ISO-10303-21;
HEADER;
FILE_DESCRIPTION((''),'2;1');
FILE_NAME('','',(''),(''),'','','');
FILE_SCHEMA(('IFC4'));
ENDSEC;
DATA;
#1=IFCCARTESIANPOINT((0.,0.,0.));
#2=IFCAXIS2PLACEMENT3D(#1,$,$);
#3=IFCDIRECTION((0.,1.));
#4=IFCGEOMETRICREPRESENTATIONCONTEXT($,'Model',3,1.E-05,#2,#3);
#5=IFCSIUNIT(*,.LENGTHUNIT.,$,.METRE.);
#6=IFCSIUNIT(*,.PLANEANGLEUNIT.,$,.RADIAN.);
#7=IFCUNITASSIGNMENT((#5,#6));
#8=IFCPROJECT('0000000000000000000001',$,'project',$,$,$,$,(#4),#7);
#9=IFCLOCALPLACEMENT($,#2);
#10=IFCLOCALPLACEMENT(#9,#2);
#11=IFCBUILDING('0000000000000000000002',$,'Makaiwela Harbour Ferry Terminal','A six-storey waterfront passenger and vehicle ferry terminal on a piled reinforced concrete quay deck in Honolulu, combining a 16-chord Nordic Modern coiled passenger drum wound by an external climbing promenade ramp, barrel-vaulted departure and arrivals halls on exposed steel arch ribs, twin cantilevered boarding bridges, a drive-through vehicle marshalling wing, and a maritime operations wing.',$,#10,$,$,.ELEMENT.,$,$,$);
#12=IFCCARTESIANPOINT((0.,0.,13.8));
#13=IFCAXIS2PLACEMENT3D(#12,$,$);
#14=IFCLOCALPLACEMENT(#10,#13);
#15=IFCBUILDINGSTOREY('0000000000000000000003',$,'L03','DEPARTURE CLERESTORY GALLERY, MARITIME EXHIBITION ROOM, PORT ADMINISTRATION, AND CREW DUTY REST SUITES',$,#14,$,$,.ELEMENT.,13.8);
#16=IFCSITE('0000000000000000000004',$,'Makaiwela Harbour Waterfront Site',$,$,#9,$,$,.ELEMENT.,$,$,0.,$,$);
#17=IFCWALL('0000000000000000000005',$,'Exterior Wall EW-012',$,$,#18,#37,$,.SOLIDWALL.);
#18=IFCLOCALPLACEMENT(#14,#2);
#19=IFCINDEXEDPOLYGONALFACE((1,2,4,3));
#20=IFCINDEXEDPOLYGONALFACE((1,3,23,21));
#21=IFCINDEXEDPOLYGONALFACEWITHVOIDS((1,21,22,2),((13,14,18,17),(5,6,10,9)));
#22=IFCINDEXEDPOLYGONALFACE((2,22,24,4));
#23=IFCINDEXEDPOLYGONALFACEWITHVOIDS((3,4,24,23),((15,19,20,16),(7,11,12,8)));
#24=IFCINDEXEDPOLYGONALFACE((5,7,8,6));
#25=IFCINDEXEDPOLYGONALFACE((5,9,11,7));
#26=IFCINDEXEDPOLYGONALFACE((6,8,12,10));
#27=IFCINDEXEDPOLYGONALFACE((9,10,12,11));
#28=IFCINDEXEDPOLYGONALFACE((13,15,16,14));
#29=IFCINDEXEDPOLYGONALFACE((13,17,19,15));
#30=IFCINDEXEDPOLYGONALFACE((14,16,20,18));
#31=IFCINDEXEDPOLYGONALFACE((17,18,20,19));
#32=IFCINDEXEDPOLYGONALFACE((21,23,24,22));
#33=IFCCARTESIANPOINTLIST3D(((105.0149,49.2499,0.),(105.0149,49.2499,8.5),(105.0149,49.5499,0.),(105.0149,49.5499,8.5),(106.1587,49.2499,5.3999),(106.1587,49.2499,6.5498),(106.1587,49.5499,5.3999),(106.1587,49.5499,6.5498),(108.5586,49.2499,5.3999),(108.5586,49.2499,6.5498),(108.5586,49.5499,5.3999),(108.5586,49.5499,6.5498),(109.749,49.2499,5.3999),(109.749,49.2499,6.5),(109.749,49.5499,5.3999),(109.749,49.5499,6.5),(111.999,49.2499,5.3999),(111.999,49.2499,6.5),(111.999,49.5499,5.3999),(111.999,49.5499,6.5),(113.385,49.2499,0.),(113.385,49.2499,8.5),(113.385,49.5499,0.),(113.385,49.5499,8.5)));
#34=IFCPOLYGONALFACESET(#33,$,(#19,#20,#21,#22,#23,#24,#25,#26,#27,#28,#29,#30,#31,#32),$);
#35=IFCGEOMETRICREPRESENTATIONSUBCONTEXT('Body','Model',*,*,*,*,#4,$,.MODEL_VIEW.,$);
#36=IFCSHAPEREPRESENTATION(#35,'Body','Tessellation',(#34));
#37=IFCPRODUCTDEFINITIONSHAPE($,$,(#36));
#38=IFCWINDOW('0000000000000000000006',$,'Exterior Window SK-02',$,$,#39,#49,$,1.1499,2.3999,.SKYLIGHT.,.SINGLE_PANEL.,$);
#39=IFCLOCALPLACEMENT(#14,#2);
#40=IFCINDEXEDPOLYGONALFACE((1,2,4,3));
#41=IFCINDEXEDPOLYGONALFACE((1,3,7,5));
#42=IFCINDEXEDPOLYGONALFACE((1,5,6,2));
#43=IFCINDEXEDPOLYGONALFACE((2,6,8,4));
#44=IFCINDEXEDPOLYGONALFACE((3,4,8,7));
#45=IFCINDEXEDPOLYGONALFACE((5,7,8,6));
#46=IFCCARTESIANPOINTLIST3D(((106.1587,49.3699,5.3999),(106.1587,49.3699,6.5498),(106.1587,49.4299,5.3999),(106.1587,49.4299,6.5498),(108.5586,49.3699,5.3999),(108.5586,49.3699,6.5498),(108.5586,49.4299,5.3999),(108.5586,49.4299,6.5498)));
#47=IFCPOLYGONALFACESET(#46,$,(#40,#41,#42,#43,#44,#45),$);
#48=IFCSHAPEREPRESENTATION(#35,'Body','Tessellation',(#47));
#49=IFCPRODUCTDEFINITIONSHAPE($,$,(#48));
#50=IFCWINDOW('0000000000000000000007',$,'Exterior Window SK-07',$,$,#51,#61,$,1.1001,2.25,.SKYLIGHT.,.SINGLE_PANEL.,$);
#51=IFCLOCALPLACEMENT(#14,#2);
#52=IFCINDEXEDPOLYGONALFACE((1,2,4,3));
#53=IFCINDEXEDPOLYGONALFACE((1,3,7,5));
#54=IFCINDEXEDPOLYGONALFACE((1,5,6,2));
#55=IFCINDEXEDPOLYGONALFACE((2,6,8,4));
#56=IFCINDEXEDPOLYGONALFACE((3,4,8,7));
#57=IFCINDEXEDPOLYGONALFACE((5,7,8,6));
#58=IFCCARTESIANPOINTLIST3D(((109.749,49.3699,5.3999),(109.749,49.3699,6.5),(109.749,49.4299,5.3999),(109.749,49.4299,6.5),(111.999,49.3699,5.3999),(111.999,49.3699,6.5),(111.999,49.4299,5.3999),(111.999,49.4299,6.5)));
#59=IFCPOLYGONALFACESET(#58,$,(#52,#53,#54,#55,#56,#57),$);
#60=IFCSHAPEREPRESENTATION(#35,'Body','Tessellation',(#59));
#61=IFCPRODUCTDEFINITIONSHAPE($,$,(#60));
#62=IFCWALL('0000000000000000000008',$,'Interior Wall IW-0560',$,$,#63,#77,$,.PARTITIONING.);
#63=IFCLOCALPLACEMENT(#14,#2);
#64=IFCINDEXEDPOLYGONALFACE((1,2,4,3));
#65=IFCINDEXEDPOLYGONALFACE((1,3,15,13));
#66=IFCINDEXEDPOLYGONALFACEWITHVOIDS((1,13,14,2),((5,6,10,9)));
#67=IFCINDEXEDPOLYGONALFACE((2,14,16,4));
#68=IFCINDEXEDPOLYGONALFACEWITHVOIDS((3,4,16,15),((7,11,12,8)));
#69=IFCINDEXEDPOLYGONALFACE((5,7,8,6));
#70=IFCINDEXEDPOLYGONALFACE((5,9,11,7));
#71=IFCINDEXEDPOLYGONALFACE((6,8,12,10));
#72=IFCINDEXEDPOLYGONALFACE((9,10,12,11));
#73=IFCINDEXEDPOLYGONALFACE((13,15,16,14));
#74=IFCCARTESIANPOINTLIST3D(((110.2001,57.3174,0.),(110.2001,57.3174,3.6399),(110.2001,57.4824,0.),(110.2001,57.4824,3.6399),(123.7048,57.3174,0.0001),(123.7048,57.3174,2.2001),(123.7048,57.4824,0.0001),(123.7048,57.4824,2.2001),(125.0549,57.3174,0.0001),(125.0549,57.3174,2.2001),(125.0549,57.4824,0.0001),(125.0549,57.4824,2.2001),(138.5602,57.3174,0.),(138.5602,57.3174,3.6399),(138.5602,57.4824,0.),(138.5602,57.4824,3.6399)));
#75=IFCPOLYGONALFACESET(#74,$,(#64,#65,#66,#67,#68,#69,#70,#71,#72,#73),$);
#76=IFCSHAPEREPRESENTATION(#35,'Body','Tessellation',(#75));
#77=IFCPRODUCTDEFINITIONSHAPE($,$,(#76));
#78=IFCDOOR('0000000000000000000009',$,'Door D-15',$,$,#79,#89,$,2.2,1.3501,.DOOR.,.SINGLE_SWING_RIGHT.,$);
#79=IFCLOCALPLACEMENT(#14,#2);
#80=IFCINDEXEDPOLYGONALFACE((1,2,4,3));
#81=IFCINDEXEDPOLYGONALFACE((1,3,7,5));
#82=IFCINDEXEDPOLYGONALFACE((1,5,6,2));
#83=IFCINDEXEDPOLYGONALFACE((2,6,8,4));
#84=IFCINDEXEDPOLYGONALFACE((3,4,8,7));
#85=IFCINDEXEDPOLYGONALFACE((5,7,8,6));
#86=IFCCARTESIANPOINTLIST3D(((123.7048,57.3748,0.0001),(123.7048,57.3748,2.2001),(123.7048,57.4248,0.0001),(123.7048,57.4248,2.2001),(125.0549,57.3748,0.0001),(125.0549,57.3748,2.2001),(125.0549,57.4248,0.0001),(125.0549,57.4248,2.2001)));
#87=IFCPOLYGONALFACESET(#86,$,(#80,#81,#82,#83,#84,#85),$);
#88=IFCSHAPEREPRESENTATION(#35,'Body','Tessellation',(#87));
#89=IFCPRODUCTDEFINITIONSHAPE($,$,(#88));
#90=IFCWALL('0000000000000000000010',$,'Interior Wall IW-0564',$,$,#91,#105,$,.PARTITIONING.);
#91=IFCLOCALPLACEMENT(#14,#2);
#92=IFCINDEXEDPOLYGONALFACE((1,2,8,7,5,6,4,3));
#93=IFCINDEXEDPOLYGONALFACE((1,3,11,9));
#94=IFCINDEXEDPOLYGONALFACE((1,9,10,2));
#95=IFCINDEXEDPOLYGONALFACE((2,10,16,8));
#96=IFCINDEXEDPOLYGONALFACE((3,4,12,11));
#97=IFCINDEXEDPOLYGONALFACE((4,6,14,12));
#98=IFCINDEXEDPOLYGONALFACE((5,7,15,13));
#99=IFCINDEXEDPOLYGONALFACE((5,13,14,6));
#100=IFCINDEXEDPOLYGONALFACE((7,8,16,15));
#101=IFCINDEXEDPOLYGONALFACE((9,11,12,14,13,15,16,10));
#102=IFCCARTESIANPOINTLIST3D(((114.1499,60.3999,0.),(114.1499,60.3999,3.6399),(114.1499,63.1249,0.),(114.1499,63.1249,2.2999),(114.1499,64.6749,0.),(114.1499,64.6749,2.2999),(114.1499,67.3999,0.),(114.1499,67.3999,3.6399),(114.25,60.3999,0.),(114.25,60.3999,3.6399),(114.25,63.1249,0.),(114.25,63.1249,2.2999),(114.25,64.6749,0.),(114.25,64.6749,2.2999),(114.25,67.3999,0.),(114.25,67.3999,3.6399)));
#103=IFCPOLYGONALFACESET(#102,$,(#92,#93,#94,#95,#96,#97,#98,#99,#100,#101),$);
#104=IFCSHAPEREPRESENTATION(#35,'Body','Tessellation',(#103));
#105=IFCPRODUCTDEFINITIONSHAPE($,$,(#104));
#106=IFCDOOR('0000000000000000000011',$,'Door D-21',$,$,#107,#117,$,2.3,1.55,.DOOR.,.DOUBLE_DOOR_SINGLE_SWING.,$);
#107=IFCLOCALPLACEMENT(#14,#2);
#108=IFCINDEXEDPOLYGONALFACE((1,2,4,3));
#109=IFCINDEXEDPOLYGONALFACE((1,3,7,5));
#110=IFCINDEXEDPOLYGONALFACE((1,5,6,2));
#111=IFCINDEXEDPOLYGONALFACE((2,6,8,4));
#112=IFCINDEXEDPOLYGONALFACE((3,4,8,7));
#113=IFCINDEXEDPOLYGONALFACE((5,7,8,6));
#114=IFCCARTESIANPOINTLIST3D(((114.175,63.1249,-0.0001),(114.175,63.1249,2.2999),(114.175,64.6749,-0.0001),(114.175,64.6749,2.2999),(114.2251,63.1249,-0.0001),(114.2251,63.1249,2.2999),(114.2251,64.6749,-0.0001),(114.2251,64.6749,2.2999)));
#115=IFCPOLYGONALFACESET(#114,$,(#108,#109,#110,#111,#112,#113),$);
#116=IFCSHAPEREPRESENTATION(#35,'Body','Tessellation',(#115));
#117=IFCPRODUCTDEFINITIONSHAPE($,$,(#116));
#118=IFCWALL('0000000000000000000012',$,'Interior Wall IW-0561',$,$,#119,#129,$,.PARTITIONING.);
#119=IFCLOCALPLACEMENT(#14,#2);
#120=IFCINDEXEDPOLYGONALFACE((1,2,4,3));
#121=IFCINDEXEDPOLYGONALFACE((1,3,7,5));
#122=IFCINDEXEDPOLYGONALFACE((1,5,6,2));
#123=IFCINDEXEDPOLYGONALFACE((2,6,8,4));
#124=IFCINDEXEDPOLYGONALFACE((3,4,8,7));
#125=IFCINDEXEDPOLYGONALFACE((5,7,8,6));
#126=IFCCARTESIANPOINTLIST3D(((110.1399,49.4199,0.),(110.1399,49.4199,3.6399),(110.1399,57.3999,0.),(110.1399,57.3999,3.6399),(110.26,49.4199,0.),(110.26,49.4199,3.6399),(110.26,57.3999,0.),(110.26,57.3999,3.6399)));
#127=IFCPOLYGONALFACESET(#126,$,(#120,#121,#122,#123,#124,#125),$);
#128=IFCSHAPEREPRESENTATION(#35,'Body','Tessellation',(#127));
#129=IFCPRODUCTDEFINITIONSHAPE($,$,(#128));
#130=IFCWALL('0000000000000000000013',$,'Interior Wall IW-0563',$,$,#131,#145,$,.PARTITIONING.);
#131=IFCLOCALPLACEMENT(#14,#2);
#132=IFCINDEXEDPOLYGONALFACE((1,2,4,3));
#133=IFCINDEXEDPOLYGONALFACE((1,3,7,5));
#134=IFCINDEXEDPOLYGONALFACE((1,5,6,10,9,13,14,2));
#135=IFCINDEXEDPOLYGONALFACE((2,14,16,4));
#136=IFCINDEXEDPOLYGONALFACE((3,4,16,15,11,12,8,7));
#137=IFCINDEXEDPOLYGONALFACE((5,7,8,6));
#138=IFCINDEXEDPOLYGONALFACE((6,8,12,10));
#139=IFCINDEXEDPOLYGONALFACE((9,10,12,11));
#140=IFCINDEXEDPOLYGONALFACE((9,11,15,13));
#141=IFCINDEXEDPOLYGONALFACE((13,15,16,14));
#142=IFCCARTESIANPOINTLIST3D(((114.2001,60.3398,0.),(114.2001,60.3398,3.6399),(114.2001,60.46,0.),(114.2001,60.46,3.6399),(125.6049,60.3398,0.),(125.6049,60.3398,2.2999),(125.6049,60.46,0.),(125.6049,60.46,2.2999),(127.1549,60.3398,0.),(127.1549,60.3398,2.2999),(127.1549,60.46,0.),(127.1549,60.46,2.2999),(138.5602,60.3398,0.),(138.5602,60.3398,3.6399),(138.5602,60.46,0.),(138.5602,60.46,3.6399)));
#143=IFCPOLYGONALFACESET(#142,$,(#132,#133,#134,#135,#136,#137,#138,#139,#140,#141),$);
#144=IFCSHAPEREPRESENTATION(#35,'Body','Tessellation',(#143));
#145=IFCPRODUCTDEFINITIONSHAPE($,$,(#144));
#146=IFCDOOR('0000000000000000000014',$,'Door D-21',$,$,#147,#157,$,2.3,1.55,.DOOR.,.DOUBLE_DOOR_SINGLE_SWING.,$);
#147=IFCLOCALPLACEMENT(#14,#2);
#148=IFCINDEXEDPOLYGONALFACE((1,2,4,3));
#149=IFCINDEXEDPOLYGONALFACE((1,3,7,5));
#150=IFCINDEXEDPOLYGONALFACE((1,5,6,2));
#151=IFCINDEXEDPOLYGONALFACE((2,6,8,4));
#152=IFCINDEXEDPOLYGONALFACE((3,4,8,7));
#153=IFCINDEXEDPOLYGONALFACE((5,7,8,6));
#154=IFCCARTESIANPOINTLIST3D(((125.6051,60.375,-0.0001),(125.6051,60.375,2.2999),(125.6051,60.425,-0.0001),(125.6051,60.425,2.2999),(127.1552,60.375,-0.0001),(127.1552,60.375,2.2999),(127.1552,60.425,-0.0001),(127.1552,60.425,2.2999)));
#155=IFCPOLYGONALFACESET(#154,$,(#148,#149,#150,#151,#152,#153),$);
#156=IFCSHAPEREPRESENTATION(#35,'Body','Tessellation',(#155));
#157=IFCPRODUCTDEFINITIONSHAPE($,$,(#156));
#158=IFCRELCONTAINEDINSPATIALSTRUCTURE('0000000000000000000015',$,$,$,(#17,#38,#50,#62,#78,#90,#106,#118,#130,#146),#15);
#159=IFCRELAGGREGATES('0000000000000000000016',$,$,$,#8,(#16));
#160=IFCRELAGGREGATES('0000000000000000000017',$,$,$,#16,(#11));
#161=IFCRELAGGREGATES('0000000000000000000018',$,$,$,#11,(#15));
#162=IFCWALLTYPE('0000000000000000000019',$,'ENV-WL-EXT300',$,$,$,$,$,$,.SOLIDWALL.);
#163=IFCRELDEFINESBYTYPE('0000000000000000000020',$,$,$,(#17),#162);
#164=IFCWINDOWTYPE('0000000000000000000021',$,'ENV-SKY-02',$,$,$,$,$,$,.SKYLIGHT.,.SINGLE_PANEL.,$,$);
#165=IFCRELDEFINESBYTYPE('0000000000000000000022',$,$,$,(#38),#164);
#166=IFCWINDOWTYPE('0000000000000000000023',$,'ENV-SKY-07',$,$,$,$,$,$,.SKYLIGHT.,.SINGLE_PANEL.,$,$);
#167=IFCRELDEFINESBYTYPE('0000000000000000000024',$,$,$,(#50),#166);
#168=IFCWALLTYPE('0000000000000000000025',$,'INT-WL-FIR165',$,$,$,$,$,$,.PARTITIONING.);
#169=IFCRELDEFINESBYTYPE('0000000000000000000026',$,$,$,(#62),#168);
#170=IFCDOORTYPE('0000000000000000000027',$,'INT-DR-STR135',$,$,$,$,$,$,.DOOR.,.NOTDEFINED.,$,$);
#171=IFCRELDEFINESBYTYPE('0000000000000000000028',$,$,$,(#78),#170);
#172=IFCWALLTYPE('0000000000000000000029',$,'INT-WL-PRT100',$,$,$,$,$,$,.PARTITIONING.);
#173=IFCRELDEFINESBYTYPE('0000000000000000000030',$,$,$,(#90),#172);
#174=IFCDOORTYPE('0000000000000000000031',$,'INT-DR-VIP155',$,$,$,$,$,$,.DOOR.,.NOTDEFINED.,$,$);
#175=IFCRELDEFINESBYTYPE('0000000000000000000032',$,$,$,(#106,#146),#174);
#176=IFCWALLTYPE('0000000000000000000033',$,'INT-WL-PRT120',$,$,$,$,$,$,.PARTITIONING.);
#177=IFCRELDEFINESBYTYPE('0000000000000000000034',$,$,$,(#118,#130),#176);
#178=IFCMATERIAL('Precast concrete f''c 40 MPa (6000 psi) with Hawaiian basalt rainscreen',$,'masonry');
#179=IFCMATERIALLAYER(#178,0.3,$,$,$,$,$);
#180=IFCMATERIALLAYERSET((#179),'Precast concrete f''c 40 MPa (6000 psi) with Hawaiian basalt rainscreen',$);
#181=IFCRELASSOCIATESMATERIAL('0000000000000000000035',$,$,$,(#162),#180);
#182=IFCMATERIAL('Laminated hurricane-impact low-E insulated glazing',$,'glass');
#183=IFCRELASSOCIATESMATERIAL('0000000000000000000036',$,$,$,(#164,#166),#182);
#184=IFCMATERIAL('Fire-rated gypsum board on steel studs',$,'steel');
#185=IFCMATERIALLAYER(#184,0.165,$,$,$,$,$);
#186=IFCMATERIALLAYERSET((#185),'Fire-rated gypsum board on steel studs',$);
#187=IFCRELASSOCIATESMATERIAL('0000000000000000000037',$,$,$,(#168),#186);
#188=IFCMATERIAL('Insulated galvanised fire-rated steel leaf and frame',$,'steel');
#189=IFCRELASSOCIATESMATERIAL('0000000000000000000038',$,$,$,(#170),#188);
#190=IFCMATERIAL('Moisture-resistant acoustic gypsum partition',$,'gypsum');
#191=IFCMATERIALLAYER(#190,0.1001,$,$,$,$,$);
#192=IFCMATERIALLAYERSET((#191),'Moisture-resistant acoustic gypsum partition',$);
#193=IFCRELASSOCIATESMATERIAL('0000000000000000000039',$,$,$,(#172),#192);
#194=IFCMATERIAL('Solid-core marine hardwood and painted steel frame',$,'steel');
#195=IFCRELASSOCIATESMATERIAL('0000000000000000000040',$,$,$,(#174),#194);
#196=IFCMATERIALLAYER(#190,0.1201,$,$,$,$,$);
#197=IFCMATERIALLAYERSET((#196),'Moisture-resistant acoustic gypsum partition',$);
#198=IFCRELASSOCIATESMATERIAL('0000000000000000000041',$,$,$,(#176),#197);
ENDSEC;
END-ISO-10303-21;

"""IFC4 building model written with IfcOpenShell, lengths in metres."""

from ifc_helpers import new_model, si_unit, direction, frame, frame_2d, origin, place, context, subcontext, project, spatial, rectangle, extrude, material, layer, layer_set, type_object, element, fill, save


model = new_model("IFC4")

# Units and contexts
model_context = context("Model", 3, precision=1e-05, world=origin(), true_north=direction((0.0, 1.0)))
body_context = subcontext(model_context, "Body", "Model", "MODEL_VIEW")
ifc_project = project(units=[si_unit("LENGTHUNIT", "METRE"), si_unit("PLANEANGLEUNIT", "RADIAN")], contexts=[model_context])

# Site, building, storey
site_placement = place(None, origin())
site = spatial("IfcSite", under=ifc_project, at=site_placement, Name="Makaiwela Harbour Waterfront Site", CompositionType="ELEMENT", RefElevation=0.0)
building_placement = place(site_placement, origin())
building = spatial("IfcBuilding", under=site, at=building_placement, Name="Makaiwela Harbour Ferry Terminal", Description="A six-storey waterfront passenger and vehicle ferry terminal on a piled reinforced concrete quay deck in Honolulu, combining a 16-chord Nordic Modern coiled passenger drum wound by an external climbing promenade ramp, barrel-vaulted departure and arrivals halls on exposed steel arch ribs, twin cantilevered boarding bridges, a drive-through vehicle marshalling wing, and a maritime operations wing.", CompositionType="ELEMENT")
storey_placement = place(building_placement, frame((0.0, 0.0, 13.8)))
storey = spatial("IfcBuildingStorey", under=building, at=storey_placement, Name="L03", Description="DEPARTURE CLERESTORY GALLERY, MARITIME EXHIBITION ROOM, PORT ADMINISTRATION, AND CREW DUTY REST SUITES", CompositionType="ELEMENT", Elevation=13.8)

# Wall, openings, windows
ifc_material_1 = material(Name="Precast concrete f'c 40 MPa (6000 psi) with Hawaiian basalt rainscreen", Category="masonry")
ifc_layer_1 = layer(ifc_material_1, 0.3)
ifc_layer_set_1 = layer_set([ifc_layer_1], Name="Precast concrete f'c 40 MPa (6000 psi) with Hawaiian basalt rainscreen")
wall_type_1 = type_object("IfcWallType", Name="ENV-WL-EXT300", PredefinedType="SOLIDWALL", material=ifc_layer_set_1)
wall_1_placement = place(storey_placement, frame((113.385, 49.3999, 0.0), z_axis=(0.0, 0.0, 1.0), x_axis=(-1.0, 0.0, 0.0)))
wall_1 = element("IfcWall", 1, at=wall_1_placement, inside=storey, type_object=wall_type_1, Name="Exterior Wall EW-012", PredefinedType="SOLIDWALL", context=body_context, shape_type="SweptSolid", body=[
    extrude(rectangle(XDim=8.3701, YDim=0.3, at=frame_2d((4.1851, 0.0))), origin(), (0.0, 0.0, 1.0), 8.5),
])
opening_1_placement = place(wall_1_placement, frame((1.386, 0.0, 5.3999)))
opening_1 = element("IfcOpeningElement", 2, at=opening_1_placement, cuts=wall_1, PredefinedType="OPENING", context=body_context, shape_type="SweptSolid", body=[
    extrude(rectangle(XDim=2.25, YDim=1.1001, at=frame_2d((1.125, 0.55))), frame((0.0, 0.1599, 0.0), z_axis=(0.0, -1.0, 0.0), x_axis=(1.0, 0.0, 0.0)), (0.0, 0.0, 1.0), 0.3201),
])
opening_2_placement = place(wall_1_placement, frame((4.8264, 0.0, 5.3999)))
opening_2 = element("IfcOpeningElement", 3, at=opening_2_placement, cuts=wall_1, PredefinedType="OPENING", context=body_context, shape_type="SweptSolid", body=[
    extrude(rectangle(XDim=2.3999, YDim=1.1499, at=frame_2d((1.2, 0.575))), frame((0.0, 0.1599, 0.0), z_axis=(0.0, -1.0, 0.0), x_axis=(1.0, 0.0, 0.0)), (0.0, 0.0, 1.0), 0.3201),
])
ifc_material_2 = material(Name="Laminated hurricane-impact low-E insulated glazing", Category="glass")
window_type_1 = type_object("IfcWindowType", Name="ENV-SKY-02", PartitioningType="SINGLE_PANEL", PredefinedType="SKYLIGHT", material=ifc_material_2)
window_1_placement = place(opening_2_placement, origin())
window_1 = element("IfcWindow", 4, at=window_1_placement, inside=storey, type_object=window_type_1, Name="Exterior Window SK-02", OverallHeight=1.1499, OverallWidth=2.3999, PartitioningType="SINGLE_PANEL", PredefinedType="SKYLIGHT", context=body_context, shape_type="SweptSolid", body=[
    extrude(rectangle(XDim=2.3999, YDim=1.1499, at=frame_2d((1.2, 0.575))), frame((0.0, 0.03, 0.0), z_axis=(0.0, -1.0, 0.0), x_axis=(1.0, 0.0, 0.0)), (0.0, 0.0, 1.0), 0.0601),
])
fill(opening_2, window_1)
window_type_2 = type_object("IfcWindowType", Name="ENV-SKY-07", PartitioningType="SINGLE_PANEL", PredefinedType="SKYLIGHT", material=ifc_material_2)
window_2_placement = place(opening_1_placement, origin())
window_2 = element("IfcWindow", 5, at=window_2_placement, inside=storey, type_object=window_type_2, Name="Exterior Window SK-07", OverallHeight=1.1001, OverallWidth=2.25, PartitioningType="SINGLE_PANEL", PredefinedType="SKYLIGHT", context=body_context, shape_type="SweptSolid", body=[
    extrude(rectangle(XDim=2.25, YDim=1.1001, at=frame_2d((1.125, 0.55))), frame((0.0, 0.03, 0.0), z_axis=(0.0, -1.0, 0.0), x_axis=(1.0, 0.0, 0.0)), (0.0, 0.0, 1.0), 0.0601),
])
fill(opening_1, window_2)

# Walls, openings, doors
ifc_material_3 = material(Name="Fire-rated gypsum board on steel studs", Category="steel")
ifc_layer_2 = layer(ifc_material_3, 0.165)
ifc_layer_set_2 = layer_set([ifc_layer_2], Name="Fire-rated gypsum board on steel studs")
wall_type_2 = type_object("IfcWallType", Name="INT-WL-FIR165", PredefinedType="PARTITIONING", material=ifc_layer_set_2)
wall_2_placement = place(storey_placement, frame((110.2, 57.3999, 0.0), z_axis=(0.0, 0.0, 1.0), x_axis=(1.0, 0.0, 0.0)))
wall_2 = element("IfcWall", 6, at=wall_2_placement, inside=storey, type_object=wall_type_2, Name="Interior Wall IW-0560", PredefinedType="PARTITIONING", context=body_context, shape_type="SweptSolid", body=[
    extrude(rectangle(XDim=28.3601, YDim=0.165, at=frame_2d((14.1802, 0.0))), origin(), (0.0, 0.0, 1.0), 3.6399),
])
opening_3_placement = place(wall_2_placement, frame((13.5049, 0.0, 0.0)))
opening_3 = element("IfcOpeningElement", 7, at=opening_3_placement, cuts=wall_2, PredefinedType="OPENING", context=body_context, shape_type="SweptSolid", body=[
    extrude(rectangle(XDim=1.3501, YDim=2.2, at=frame_2d((0.675, 1.1001))), frame((0.0, 0.0925, 0.0), z_axis=(0.0, -1.0, 0.0), x_axis=(1.0, 0.0, 0.0)), (0.0, 0.0, 1.0), 0.1851),
])
ifc_material_4 = material(Name="Insulated galvanised fire-rated steel leaf and frame", Category="steel")
door_type_1 = type_object("IfcDoorType", Name="INT-DR-STR135", OperationType="NOTDEFINED", PredefinedType="DOOR", material=ifc_material_4)
door_1_placement = place(opening_3_placement, origin())
door_1 = element("IfcDoor", 8, at=door_1_placement, inside=storey, type_object=door_type_1, Name="Door D-15", OperationType="SINGLE_SWING_RIGHT", OverallHeight=2.2, OverallWidth=1.3501, PredefinedType="DOOR", context=body_context, shape_type="SweptSolid", body=[
    extrude(rectangle(XDim=1.3501, YDim=2.2, at=frame_2d((0.675, 1.1001))), frame((0.0, 0.0249, 0.0), z_axis=(0.0, -1.0, 0.0), x_axis=(1.0, 0.0, 0.0)), (0.0, 0.0, 1.0), 0.05),
])
fill(opening_3, door_1)
ifc_material_5 = material(Name="Moisture-resistant acoustic gypsum partition", Category="gypsum")
ifc_layer_3 = layer(ifc_material_5, 0.1001)
ifc_layer_set_3 = layer_set([ifc_layer_3], Name="Moisture-resistant acoustic gypsum partition")
wall_type_3 = type_object("IfcWallType", Name="INT-WL-PRT100", PredefinedType="PARTITIONING", material=ifc_layer_set_3)
wall_3_placement = place(storey_placement, frame((114.2, 60.3999, 0.0), z_axis=(0.0, 0.0, 1.0), x_axis=(0.0, 1.0, 0.0)))
wall_3 = element("IfcWall", 9, at=wall_3_placement, inside=storey, type_object=wall_type_3, Name="Interior Wall IW-0564", PredefinedType="PARTITIONING", context=body_context, shape_type="SweptSolid", body=[
    extrude(rectangle(XDim=7.0, YDim=0.1001, at=frame_2d((3.5, 0.0))), origin(), (0.0, 0.0, 1.0), 3.6399),
])
opening_4_placement = place(wall_3_placement, frame((2.7251, 0.0, 0.0)))
opening_4 = element("IfcOpeningElement", 10, at=opening_4_placement, cuts=wall_3, PredefinedType="OPENING", context=body_context, shape_type="SweptSolid", body=[
    extrude(rectangle(XDim=1.55, YDim=2.3, at=frame_2d((0.7749, 1.1499))), frame((0.0, 0.0601, 0.0), z_axis=(0.0, -1.0, 0.0), x_axis=(1.0, 0.0, 0.0)), (0.0, 0.0, 1.0), 0.1201),
])
ifc_material_6 = material(Name="Solid-core marine hardwood and painted steel frame", Category="steel")
door_type_2 = type_object("IfcDoorType", Name="INT-DR-VIP155", OperationType="NOTDEFINED", PredefinedType="DOOR", material=ifc_material_6)
door_2_placement = place(opening_4_placement, origin())
door_2 = element("IfcDoor", 11, at=door_2_placement, inside=storey, type_object=door_type_2, Name="Door D-21", OperationType="DOUBLE_DOOR_SINGLE_SWING", OverallHeight=2.3, OverallWidth=1.55, PredefinedType="DOOR", context=body_context, shape_type="SweptSolid", body=[
    extrude(rectangle(XDim=1.55, YDim=2.3, at=frame_2d((0.7749, 1.1499))), frame((0.0, 0.0249, 0.0), z_axis=(0.0, -1.0, 0.0), x_axis=(1.0, 0.0, 0.0)), (0.0, 0.0, 1.0), 0.05),
])
fill(opening_4, door_2)

# Wall
ifc_layer_4 = layer(ifc_material_5, 0.1201)
ifc_layer_set_4 = layer_set([ifc_layer_4], Name="Moisture-resistant acoustic gypsum partition")
wall_type_4 = type_object("IfcWallType", Name="INT-WL-PRT120", PredefinedType="PARTITIONING", material=ifc_layer_set_4)
wall_4_placement = place(storey_placement, frame((110.2, 49.4199, 0.0), z_axis=(0.0, 0.0, 1.0), x_axis=(0.0, 1.0, 0.0)))
element("IfcWall", 12, at=wall_4_placement, inside=storey, type_object=wall_type_4, Name="Interior Wall IW-0561", PredefinedType="PARTITIONING", context=body_context, shape_type="SweptSolid", body=[
    extrude(rectangle(XDim=7.98, YDim=0.1201, at=frame_2d((3.99, 0.0))), origin(), (0.0, 0.0, 1.0), 3.6399),
])

# Wall, opening, door
wall_5_placement = place(storey_placement, frame((114.2, 60.3999, 0.0), z_axis=(0.0, 0.0, 1.0), x_axis=(1.0, 0.0, 0.0)))
wall_5 = element("IfcWall", 13, at=wall_5_placement, inside=storey, type_object=wall_type_4, Name="Interior Wall IW-0563", PredefinedType="PARTITIONING", context=body_context, shape_type="SweptSolid", body=[
    extrude(rectangle(XDim=24.3601, YDim=0.1201, at=frame_2d((12.1802, 0.0))), origin(), (0.0, 0.0, 1.0), 3.6399),
])
opening_5_placement = place(wall_5_placement, frame((11.405, 0.0, 0.0)))
opening_5 = element("IfcOpeningElement", 14, at=opening_5_placement, cuts=wall_5, PredefinedType="OPENING", context=body_context, shape_type="SweptSolid", body=[
    extrude(rectangle(XDim=1.55, YDim=2.3, at=frame_2d((0.7749, 1.1499))), frame((0.0, 0.0701, 0.0), z_axis=(0.0, -1.0, 0.0), x_axis=(1.0, 0.0, 0.0)), (0.0, 0.0, 1.0), 0.1401),
])
door_3_placement = place(opening_5_placement, frame((1.55, 0.0, 0.0), z_axis=(0.0, 0.0, 1.0), x_axis=(-1.0, 0.0, 0.0)))
door_3 = element("IfcDoor", 15, at=door_3_placement, inside=storey, type_object=door_type_2, Name="Door D-21", OperationType="DOUBLE_DOOR_SINGLE_SWING", OverallHeight=2.3, OverallWidth=1.55, PredefinedType="DOOR", context=body_context, shape_type="SweptSolid", body=[
    extrude(rectangle(XDim=1.55, YDim=2.3, at=frame_2d((0.7749, 1.1499))), frame((0.0, 0.0249, 0.0), z_axis=(0.0, -1.0, 0.0), x_axis=(1.0, 0.0, 0.0)), (0.0, 0.0, 1.0), 0.05),
])
fill(opening_5, door_3)

save(model, "model.ifc")
